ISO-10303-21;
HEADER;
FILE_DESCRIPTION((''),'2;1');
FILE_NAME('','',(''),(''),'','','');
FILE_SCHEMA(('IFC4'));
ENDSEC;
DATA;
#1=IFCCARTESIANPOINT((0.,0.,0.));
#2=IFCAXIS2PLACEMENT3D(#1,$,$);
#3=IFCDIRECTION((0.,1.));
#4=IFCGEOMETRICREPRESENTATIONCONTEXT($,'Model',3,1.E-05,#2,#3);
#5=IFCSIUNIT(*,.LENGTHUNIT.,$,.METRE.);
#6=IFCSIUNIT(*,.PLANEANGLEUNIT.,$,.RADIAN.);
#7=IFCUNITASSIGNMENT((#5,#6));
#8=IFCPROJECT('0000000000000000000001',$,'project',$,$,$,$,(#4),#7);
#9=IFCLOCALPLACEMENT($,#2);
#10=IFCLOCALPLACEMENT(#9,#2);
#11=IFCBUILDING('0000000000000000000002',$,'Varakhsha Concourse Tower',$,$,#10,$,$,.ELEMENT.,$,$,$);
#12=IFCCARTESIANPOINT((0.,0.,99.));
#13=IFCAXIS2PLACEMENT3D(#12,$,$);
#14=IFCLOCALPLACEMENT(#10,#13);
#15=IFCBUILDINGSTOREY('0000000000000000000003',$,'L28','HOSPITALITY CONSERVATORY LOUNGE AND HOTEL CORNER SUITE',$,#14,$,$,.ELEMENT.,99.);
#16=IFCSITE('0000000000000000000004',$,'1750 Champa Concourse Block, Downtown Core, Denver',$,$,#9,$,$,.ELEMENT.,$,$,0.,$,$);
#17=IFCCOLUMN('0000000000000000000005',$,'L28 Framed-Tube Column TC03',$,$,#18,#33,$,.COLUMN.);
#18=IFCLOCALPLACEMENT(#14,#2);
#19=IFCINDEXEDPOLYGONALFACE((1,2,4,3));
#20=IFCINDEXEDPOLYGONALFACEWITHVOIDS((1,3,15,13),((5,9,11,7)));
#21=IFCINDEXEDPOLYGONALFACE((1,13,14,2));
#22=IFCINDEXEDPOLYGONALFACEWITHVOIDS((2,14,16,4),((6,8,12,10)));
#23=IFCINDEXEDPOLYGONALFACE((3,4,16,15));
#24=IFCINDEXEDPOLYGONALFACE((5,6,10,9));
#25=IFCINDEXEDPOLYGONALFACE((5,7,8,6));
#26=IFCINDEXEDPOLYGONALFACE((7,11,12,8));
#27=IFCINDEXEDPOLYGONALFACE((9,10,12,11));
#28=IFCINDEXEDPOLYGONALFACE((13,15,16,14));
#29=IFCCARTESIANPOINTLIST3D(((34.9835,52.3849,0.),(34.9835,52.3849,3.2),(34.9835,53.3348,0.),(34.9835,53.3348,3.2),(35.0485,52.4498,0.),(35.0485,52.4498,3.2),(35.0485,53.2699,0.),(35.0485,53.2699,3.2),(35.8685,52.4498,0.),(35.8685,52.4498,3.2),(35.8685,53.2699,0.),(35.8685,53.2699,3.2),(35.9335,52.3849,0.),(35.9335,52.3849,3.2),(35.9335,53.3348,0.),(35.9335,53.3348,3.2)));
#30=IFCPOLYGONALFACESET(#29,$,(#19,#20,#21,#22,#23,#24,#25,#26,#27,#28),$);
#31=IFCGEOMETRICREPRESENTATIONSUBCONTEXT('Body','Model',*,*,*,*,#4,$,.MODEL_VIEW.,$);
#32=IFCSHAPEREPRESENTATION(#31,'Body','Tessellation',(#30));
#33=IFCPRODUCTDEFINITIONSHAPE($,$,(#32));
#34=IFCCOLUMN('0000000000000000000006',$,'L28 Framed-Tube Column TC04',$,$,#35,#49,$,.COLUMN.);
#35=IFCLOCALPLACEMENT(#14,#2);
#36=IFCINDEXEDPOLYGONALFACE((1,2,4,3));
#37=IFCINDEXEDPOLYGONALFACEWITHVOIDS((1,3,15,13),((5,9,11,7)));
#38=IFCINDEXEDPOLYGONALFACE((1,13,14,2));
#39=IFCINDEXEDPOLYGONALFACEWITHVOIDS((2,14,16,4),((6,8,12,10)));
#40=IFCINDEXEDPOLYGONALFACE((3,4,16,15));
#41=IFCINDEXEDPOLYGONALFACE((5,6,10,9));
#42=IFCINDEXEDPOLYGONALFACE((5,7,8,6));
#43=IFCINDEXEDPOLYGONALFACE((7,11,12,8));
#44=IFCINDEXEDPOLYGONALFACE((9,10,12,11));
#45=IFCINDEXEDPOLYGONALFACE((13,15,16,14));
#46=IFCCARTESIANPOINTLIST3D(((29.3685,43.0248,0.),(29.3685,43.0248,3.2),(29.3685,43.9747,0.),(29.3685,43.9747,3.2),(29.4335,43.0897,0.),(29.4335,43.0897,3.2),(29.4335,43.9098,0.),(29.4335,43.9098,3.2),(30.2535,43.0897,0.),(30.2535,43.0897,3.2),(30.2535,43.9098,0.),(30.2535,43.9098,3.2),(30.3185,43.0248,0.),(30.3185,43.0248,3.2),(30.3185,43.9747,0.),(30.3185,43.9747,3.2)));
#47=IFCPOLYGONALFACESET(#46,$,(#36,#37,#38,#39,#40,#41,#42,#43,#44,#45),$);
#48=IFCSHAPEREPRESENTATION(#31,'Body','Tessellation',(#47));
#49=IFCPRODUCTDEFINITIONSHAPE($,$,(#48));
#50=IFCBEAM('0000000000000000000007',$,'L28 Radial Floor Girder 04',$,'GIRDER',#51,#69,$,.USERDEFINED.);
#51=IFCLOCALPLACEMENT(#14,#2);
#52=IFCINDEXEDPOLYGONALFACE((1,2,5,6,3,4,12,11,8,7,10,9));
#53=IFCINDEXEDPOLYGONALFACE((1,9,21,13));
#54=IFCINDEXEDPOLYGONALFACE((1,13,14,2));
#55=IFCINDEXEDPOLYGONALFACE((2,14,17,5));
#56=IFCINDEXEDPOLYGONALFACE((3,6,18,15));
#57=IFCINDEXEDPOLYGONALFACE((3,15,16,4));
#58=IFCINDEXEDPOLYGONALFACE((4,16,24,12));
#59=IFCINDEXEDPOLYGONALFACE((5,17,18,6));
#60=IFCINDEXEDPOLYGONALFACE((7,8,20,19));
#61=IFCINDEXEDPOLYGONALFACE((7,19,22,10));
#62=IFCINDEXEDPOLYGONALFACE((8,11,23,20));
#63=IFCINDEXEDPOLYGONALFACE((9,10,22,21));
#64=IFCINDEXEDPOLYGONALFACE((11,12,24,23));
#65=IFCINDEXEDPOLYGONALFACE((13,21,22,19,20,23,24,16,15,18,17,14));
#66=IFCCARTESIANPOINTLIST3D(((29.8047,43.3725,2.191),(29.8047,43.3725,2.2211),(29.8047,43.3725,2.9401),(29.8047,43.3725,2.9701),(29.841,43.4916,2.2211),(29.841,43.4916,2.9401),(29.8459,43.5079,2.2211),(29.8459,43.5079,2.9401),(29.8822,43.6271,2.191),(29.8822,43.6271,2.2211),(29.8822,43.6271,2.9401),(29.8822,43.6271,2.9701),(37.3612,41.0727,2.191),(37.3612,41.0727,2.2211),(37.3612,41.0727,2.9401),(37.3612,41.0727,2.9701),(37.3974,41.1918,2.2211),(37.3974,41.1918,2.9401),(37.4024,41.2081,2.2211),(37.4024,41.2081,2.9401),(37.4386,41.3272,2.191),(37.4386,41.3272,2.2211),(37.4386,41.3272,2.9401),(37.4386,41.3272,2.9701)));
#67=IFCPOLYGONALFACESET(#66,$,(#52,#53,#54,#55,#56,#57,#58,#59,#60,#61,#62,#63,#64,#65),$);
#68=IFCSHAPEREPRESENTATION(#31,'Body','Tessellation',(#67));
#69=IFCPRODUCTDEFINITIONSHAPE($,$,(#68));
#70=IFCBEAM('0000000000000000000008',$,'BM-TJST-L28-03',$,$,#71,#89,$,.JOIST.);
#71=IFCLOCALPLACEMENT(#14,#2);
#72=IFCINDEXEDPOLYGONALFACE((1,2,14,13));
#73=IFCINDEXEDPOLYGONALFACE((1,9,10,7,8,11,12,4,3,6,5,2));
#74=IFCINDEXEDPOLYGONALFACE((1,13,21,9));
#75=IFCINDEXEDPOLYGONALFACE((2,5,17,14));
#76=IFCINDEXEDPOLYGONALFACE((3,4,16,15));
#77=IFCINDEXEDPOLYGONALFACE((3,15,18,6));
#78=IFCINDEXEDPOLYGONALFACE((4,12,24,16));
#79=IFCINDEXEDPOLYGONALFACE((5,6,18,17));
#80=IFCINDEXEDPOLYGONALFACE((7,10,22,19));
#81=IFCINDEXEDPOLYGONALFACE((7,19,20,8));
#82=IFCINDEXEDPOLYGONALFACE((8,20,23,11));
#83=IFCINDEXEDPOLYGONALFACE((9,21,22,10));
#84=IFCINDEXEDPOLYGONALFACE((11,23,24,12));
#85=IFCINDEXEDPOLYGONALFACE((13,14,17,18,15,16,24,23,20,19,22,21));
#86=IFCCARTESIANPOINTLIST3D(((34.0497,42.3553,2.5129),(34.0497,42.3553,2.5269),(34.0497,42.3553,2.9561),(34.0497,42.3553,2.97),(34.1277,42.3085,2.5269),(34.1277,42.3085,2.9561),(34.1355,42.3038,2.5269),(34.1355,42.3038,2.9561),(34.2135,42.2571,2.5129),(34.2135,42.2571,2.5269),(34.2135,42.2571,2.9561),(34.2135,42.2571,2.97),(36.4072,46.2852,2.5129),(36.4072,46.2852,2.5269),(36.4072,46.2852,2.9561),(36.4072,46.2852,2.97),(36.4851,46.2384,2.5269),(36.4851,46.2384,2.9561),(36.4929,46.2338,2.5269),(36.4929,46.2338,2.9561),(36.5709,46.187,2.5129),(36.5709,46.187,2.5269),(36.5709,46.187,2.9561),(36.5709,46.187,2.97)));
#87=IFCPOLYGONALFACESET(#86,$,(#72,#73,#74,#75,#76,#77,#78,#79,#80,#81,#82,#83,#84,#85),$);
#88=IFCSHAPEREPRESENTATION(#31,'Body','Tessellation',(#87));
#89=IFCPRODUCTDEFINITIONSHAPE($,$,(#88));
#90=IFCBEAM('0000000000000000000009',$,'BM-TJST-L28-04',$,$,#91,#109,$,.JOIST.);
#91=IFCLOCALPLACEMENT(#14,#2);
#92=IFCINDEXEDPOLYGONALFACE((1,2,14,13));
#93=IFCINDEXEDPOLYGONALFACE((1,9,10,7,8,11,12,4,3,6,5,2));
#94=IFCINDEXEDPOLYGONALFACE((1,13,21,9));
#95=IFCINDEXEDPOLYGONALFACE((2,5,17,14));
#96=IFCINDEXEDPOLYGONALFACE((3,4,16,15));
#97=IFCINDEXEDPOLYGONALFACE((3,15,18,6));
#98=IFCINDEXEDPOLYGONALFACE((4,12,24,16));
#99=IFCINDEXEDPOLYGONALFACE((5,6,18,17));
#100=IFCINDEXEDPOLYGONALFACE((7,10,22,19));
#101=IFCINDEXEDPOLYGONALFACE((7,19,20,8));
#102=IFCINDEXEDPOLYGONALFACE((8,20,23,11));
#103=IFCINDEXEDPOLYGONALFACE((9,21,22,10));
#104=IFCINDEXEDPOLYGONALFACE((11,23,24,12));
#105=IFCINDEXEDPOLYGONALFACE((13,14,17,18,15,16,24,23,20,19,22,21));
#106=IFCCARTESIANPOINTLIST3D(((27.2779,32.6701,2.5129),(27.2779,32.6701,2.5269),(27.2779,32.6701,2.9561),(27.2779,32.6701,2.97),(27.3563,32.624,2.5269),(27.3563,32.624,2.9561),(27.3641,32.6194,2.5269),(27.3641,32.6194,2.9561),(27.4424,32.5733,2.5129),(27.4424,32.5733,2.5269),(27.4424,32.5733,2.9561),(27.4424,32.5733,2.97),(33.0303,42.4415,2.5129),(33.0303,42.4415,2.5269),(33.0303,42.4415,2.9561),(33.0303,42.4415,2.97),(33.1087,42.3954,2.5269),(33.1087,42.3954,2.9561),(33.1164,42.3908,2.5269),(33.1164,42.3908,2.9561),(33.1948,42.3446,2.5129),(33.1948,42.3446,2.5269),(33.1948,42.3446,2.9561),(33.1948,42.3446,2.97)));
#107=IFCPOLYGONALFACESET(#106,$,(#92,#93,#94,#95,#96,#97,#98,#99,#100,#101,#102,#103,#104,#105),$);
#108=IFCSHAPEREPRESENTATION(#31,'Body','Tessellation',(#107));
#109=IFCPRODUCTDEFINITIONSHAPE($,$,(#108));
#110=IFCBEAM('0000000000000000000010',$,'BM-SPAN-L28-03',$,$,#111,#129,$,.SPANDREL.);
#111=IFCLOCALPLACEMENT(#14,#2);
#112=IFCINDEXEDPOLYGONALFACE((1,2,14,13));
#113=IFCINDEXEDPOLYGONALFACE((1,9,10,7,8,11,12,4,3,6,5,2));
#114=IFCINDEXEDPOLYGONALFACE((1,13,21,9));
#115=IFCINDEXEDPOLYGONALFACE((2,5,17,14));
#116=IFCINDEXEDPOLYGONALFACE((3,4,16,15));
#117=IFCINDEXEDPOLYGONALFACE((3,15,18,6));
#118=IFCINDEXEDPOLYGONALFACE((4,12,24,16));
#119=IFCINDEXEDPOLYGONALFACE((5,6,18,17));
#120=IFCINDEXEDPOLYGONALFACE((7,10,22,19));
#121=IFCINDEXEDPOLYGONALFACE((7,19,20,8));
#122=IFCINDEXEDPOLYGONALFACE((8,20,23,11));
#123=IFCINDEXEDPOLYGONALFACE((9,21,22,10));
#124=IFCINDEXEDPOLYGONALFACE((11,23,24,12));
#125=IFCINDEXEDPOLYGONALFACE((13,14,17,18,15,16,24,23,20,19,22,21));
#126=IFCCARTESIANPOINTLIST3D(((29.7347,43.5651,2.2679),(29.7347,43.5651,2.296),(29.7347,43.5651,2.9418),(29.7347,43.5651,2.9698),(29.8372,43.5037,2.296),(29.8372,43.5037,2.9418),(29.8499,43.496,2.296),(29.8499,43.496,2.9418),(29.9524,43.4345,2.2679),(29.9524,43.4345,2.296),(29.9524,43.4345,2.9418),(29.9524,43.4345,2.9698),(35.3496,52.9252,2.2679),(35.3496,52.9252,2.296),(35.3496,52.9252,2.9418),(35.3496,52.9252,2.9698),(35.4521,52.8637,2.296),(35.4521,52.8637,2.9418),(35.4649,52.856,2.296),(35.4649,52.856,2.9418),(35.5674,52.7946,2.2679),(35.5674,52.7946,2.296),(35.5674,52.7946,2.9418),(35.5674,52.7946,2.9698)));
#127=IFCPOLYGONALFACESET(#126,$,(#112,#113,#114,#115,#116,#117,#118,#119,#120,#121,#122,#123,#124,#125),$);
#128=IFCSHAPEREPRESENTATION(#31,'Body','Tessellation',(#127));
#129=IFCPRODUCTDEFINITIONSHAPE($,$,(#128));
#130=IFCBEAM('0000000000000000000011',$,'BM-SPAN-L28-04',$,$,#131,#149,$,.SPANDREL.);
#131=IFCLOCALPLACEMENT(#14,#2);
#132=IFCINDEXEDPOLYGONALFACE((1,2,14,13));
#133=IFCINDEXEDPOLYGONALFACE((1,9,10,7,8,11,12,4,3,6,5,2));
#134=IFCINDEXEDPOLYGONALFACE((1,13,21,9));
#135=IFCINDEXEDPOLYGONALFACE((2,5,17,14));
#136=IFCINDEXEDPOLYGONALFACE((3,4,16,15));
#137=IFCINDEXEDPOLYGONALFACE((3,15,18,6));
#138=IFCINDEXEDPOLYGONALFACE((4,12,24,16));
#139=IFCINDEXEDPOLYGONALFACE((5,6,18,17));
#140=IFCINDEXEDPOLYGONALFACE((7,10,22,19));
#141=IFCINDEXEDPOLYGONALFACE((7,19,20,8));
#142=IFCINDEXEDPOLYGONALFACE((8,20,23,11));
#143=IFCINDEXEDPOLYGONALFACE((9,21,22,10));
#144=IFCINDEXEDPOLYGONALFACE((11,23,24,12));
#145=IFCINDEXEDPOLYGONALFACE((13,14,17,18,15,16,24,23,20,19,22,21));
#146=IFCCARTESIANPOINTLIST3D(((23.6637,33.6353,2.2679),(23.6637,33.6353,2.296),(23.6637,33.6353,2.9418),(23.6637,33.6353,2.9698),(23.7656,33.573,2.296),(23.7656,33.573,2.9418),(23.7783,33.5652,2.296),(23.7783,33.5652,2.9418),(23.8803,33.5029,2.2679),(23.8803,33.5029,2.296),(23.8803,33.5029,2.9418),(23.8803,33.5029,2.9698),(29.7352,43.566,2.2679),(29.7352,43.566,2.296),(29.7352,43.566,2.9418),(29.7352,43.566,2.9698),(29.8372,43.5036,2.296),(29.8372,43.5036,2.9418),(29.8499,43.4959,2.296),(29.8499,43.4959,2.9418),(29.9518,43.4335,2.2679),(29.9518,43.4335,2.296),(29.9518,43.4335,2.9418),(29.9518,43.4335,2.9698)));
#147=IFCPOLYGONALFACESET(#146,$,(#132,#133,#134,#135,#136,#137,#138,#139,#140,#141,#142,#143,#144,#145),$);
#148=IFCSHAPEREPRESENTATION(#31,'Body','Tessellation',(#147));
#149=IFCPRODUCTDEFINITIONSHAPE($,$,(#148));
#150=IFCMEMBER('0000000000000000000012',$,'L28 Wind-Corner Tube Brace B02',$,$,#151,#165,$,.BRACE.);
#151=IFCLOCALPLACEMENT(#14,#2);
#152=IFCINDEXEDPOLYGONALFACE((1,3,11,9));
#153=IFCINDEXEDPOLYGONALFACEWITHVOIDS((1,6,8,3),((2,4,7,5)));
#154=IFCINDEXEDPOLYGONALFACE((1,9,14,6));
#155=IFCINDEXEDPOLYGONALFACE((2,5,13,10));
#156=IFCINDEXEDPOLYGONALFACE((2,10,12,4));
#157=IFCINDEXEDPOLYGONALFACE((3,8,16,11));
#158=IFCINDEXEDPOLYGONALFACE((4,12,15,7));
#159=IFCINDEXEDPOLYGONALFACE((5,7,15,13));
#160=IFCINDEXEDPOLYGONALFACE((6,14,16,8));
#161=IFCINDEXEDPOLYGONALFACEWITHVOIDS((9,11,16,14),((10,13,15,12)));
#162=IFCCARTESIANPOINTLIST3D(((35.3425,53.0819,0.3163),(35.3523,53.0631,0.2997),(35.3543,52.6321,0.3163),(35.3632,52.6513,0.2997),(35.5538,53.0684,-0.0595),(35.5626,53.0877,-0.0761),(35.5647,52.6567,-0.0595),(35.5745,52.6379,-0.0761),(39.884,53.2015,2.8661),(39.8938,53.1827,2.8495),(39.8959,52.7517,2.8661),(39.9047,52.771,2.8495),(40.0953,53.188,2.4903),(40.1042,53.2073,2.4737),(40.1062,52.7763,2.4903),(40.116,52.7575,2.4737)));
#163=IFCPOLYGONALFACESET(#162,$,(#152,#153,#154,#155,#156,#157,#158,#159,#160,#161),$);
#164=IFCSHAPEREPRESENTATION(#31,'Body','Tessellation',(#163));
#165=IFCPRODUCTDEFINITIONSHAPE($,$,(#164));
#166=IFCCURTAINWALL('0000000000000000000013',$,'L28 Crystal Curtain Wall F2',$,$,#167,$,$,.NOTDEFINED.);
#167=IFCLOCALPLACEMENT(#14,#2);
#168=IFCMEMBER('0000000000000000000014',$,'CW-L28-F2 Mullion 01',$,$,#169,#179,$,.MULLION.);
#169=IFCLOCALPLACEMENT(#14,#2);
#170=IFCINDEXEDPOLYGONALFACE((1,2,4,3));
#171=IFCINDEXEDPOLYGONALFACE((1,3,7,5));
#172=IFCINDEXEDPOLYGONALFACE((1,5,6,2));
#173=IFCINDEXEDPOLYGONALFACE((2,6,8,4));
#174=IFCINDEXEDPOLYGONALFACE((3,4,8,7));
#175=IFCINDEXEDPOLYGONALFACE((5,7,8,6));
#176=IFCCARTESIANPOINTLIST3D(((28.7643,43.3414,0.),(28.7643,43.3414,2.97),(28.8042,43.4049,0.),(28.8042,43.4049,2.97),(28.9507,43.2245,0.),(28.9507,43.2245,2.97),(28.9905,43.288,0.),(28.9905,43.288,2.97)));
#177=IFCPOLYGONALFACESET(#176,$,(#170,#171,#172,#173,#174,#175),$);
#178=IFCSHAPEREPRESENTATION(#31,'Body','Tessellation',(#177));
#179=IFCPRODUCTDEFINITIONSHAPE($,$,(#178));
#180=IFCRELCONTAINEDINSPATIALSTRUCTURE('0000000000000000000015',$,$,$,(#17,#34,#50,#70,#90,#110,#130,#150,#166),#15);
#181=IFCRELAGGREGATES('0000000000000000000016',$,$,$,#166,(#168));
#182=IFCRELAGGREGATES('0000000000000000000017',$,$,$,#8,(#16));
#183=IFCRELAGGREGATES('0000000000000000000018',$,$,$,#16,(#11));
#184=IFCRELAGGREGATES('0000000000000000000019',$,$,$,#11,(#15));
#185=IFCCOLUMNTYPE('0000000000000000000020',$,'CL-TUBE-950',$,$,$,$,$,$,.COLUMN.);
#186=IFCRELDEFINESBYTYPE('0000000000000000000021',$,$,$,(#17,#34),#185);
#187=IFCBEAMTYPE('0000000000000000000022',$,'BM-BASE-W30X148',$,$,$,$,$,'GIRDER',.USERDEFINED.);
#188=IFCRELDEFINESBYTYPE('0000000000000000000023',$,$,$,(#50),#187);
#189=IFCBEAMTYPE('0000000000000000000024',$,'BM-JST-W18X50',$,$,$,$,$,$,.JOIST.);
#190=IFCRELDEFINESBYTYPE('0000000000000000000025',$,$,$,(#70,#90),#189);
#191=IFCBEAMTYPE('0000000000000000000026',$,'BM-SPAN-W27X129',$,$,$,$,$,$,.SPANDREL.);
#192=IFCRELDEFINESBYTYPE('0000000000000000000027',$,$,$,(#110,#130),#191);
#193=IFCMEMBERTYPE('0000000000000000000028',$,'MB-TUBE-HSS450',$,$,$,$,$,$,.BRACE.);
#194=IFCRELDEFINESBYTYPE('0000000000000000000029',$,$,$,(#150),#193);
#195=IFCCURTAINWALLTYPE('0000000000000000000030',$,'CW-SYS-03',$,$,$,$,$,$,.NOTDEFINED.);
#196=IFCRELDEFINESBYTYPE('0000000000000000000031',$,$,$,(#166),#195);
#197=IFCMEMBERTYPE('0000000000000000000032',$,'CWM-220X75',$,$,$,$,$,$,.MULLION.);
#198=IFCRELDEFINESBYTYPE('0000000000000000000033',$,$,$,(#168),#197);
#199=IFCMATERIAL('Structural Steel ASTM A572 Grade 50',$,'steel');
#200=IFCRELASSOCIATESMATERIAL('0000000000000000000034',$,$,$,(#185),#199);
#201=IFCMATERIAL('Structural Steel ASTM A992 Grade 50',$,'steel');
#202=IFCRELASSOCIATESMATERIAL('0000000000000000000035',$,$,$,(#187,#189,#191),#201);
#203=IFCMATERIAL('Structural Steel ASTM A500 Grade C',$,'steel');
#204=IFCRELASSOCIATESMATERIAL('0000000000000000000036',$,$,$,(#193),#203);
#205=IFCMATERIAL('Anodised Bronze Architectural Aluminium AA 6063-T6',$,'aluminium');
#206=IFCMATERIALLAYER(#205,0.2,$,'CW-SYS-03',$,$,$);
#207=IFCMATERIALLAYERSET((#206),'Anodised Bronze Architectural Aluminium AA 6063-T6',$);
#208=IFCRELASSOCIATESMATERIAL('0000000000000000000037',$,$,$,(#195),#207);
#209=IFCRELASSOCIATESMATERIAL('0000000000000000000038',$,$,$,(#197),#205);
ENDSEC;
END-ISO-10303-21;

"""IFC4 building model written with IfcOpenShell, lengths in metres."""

from ifc_helpers import new_model, si_unit, direction, frame, origin, origin_2d, place, context, subcontext, project, spatial, rectangle, hollow_rectangle, i_section, extrude, source, transform, mapped, material, layer, layer_set, material_profile, profile_set, type_object, type_shapes, element, aggregate, save


model = new_model("IFC4")

# Units and contexts
model_context = context("Model", 3, precision=1e-05, world=origin(), true_north=direction((0.0, 1.0)))
body_context = subcontext(model_context, "Body", "Model", "MODEL_VIEW")
ifc_project = project(units=[si_unit("LENGTHUNIT", "METRE"), si_unit("PLANEANGLEUNIT", "RADIAN")], contexts=[model_context])

# Site, building, storey
site_placement = place(None, origin())
site = spatial("IfcSite", under=ifc_project, at=site_placement, Name="1750 Champa Concourse Block, Downtown Core, Denver", CompositionType="ELEMENT", RefElevation=0.0)
building_placement = place(site_placement, origin())
building = spatial("IfcBuilding", under=site, at=building_placement, Name="Varakhsha Concourse Tower", CompositionType="ELEMENT")
storey_placement = place(building_placement, frame((0.0, 0.0, 99.0)))
storey = spatial("IfcBuildingStorey", under=building, at=storey_placement, Name="L28", Description="HOSPITALITY CONSERVATORY LOUNGE AND HOTEL CORNER SUITE", CompositionType="ELEMENT", Elevation=99.0)

# Columns
ifc_material_1 = material(Name="Structural Steel ASTM A572 Grade 50", Category="steel")
ifc_material_profile_1 = material_profile(ifc_material_1, hollow_rectangle(XDim=0.95, YDim=0.95, WallThickness=0.0649, at=origin_2d()), Name="BOX 950x950x65")
ifc_profile_set_1 = profile_set([ifc_material_profile_1], Name="Structural Steel ASTM A572 Grade 50")
column_type = type_object("IfcColumnType", Name="CL-TUBE-950", PredefinedType="COLUMN", material=ifc_profile_set_1)
for number, where, z_axis, x_axis, name in (
    (1, (35.4585, 52.8599, 0.0), (0.0, 0.0, 1.0), (1.0, 0.0, 0.0), "L28 Framed-Tube Column TC03"),
    (2, (29.8435, 43.4998, 0.0), (0.0, 0.0, 1.0), (1.0, 0.0, 0.0), "L28 Framed-Tube Column TC04"),
):
    element("IfcColumn", number, at=place(storey_placement, frame(where, z_axis=z_axis, x_axis=x_axis)), inside=storey, type_object=column_type, Name=name, PredefinedType="COLUMN", context=body_context, shape_type="SweptSolid", body=[
        extrude(hollow_rectangle(XDim=0.95, YDim=0.95, WallThickness=0.0649, at=origin_2d()), origin(), (0.0, 0.0, 1.0), 3.2),
    ])

# Beams
ifc_material_2 = material(Name="Structural Steel ASTM A992 Grade 50", Category="steel")
ifc_material_profile_2 = material_profile(ifc_material_2, i_section(OverallWidth=0.2661, OverallDepth=0.7791, WebThickness=0.0171, FlangeThickness=0.03, at=origin_2d()), Name="W30X148")
ifc_profile_set_2 = profile_set([ifc_material_profile_2], Name="Structural Steel ASTM A992 Grade 50")
beam_type_1 = type_object("IfcBeamType", Name="BM-BASE-W30X148", ElementType="GIRDER", PredefinedType="USERDEFINED", material=ifc_profile_set_2)
beam_1_placement = place(storey_placement, frame((37.3999, 41.2, 2.5806), z_axis=(-0.956673, 0.291165, 0.0), x_axis=(-0.291165, -0.956673, 0.0)))
element("IfcBeam", 3, at=beam_1_placement, inside=storey, type_object=beam_type_1, Name="L28 Radial Floor Girder 04", ObjectType="GIRDER", PredefinedType="USERDEFINED", context=body_context, shape_type="SweptSolid", body=[
    extrude(i_section(OverallWidth=0.2661, OverallDepth=0.7791, WebThickness=0.0171, FlangeThickness=0.03, at=origin_2d()), origin(), (0.0, 0.0, 1.0), 7.8987),
])
ifc_material_profile_3 = material_profile(ifc_material_2, i_section(OverallWidth=0.1909, OverallDepth=0.457, WebThickness=0.009, FlangeThickness=0.0139, at=origin_2d()), Name="W18X50")
ifc_profile_set_3 = profile_set([ifc_material_profile_3], Name="Structural Steel ASTM A992 Grade 50")
beam_type_2 = type_object("IfcBeamType", Name="BM-JST-W18X50", PredefinedType="JOIST", material=ifc_profile_set_3)
beam_2_placement = place(storey_placement, frame((36.489, 46.2361, 2.7415), z_axis=(-0.51441, -0.857545, 0.0), x_axis=(0.857545, -0.51441, 0.0)))
element("IfcBeam", 4, at=beam_2_placement, inside=storey, type_object=beam_type_2, Name="BM-TJST-L28-03", PredefinedType="JOIST", context=body_context, shape_type="SweptSolid", body=[
    extrude(i_section(OverallWidth=0.1909, OverallDepth=0.457, WebThickness=0.009, FlangeThickness=0.0139, at=origin_2d()), origin(), (0.0, 0.0, 1.0), 4.5828),
])
beam_3_placement = place(storey_placement, frame((33.1125, 42.3931, 2.7415), z_axis=(-0.507316, -0.86176, 0.0), x_axis=(0.86176, -0.507316, 0.0)))
element("IfcBeam", 5, at=beam_3_placement, inside=storey, type_object=beam_type_2, Name="BM-TJST-L28-04", PredefinedType="JOIST", context=body_context, shape_type="SweptSolid", body=[
    extrude(i_section(OverallWidth=0.1909, OverallDepth=0.457, WebThickness=0.009, FlangeThickness=0.0139, at=origin_2d()), origin(), (0.0, 0.0, 1.0), 11.3389),
])
ifc_material_profile_4 = material_profile(ifc_material_2, i_section(OverallWidth=0.2539, OverallDepth=0.7019, WebThickness=0.0149, FlangeThickness=0.0281, at=origin_2d()), Name="W27X129")
ifc_profile_set_4 = profile_set([ifc_material_profile_4], Name="Structural Steel ASTM A992 Grade 50")
beam_type_3 = type_object("IfcBeamType", Name="BM-SPAN-W27X129", PredefinedType="SPANDREL", material=ifc_profile_set_4)
beam_4_placement = place(storey_placement, frame((35.4585, 52.8599, 2.6189), z_axis=(-0.514423, -0.857536, 0.0), x_axis=(0.857536, -0.514423, 0.0)))
element("IfcBeam", 6, at=beam_4_placement, inside=storey, type_object=beam_type_3, Name="BM-SPAN-L28-03", PredefinedType="SPANDREL", context=body_context, shape_type="SweptSolid", body=[
    extrude(i_section(OverallWidth=0.2539, OverallDepth=0.7019, WebThickness=0.0149, FlangeThickness=0.0281, at=origin_2d()), origin(), (0.0, 0.0, 1.0), 10.915),
])
beam_5_placement = place(storey_placement, frame((29.8435, 43.4998, 2.6189), z_axis=(-0.521625, -0.853175, 0.0), x_axis=(0.853175, -0.521625, 0.0)))
element("IfcBeam", 7, at=beam_5_placement, inside=storey, type_object=beam_type_3, Name="BM-SPAN-L28-04", PredefinedType="SPANDREL", context=body_context, shape_type="SweptSolid", body=[
    extrude(i_section(OverallWidth=0.2539, OverallDepth=0.7019, WebThickness=0.0149, FlangeThickness=0.0281, at=origin_2d()), origin(), (0.0, 0.0, 1.0), 11.6396),
])

# Member
ifc_material_3 = material(Name="Structural Steel ASTM A500 Grade C", Category="steel")
ifc_material_profile_5 = material_profile(ifc_material_3, hollow_rectangle(XDim=0.45, YDim=0.45, WallThickness=0.019, at=origin_2d()), Name="HSS 450x450x19")
ifc_profile_set_5 = profile_set([ifc_material_profile_5], Name="Structural Steel ASTM A500 Grade C")
member_type_1 = type_object("IfcMemberType", Name="MB-TUBE-HSS450", PredefinedType="BRACE", material=ifc_profile_set_5)
shared_shape_1 = source(origin(), body_context, "Body", "SweptSolid", [
    extrude(hollow_rectangle(XDim=0.45, YDim=0.45, WallThickness=0.019, at=origin_2d()), origin(), (0.0, 0.0, 1.0), 5.2097),
])
type_shapes(member_type_1, [shared_shape_1])
member_1_placement = place(storey_placement, frame((35.4585, 52.8599, 0.1201), z_axis=(0.871738, 0.022963, 0.489433), x_axis=(-0.026332, 0.999653, 0.0)))
element("IfcMember", 8, at=member_1_placement, inside=storey, type_object=member_type_1, Name="L28 Wind-Corner Tube Brace B02", PredefinedType="BRACE", context=body_context, shape_type="MappedRepresentation", body=[
    mapped(shared_shape_1, transform((0.0, 0.0, 0.0), scale=1.0)),
])

# Curtain wall, member
ifc_material_4 = material(Name="Anodised Bronze Architectural Aluminium AA 6063-T6", Category="aluminium")
ifc_layer_1 = layer(ifc_material_4, 0.2, Name="CW-SYS-03")
ifc_layer_set_1 = layer_set([ifc_layer_1], Name="Anodised Bronze Architectural Aluminium AA 6063-T6")
curtain_wall_type = type_object("IfcCurtainWallType", Name="CW-SYS-03", PredefinedType="NOTDEFINED", material=ifc_layer_set_1)
curtain_wall_placement = place(storey_placement, origin())
curtain_wall = element("IfcCurtainWall", 9, at=curtain_wall_placement, inside=storey, type_object=curtain_wall_type, Name="L28 Crystal Curtain Wall F2", PredefinedType="NOTDEFINED")
ifc_material_profile_6 = material_profile(ifc_material_4, rectangle(XDim=0.075, YDim=0.22, at=origin_2d()), Name="CWM-220X75")
ifc_profile_set_6 = profile_set([ifc_material_profile_6], Name="Anodised Bronze Architectural Aluminium AA 6063-T6")
member_type_2 = type_object("IfcMemberType", Name="CWM-220X75", PredefinedType="MULLION", material=ifc_profile_set_6)
shared_shape_2 = source(origin(), body_context, "Body", "SweptSolid", [
    extrude(rectangle(XDim=0.075, YDim=0.22, at=origin_2d()), origin(), (0.0, 0.0, 1.0), 2.97),
])
type_shapes(member_type_2, [shared_shape_2])
member_2_placement = place(storey_placement, frame((28.8774, 43.3147, 0.0), z_axis=(0.0, 0.0, 1.0), x_axis=(0.531209, 0.847241, 0.0)))
member_2 = element("IfcMember", 10, at=member_2_placement, type_object=member_type_2, Name="CW-L28-F2 Mullion 01", PredefinedType="MULLION", context=body_context, shape_type="MappedRepresentation", body=[
    mapped(shared_shape_2, transform((0.0, 0.0, 0.0), scale=1.0)),
])

aggregate(curtain_wall, [member_2])

save(model, "model.ifc")
